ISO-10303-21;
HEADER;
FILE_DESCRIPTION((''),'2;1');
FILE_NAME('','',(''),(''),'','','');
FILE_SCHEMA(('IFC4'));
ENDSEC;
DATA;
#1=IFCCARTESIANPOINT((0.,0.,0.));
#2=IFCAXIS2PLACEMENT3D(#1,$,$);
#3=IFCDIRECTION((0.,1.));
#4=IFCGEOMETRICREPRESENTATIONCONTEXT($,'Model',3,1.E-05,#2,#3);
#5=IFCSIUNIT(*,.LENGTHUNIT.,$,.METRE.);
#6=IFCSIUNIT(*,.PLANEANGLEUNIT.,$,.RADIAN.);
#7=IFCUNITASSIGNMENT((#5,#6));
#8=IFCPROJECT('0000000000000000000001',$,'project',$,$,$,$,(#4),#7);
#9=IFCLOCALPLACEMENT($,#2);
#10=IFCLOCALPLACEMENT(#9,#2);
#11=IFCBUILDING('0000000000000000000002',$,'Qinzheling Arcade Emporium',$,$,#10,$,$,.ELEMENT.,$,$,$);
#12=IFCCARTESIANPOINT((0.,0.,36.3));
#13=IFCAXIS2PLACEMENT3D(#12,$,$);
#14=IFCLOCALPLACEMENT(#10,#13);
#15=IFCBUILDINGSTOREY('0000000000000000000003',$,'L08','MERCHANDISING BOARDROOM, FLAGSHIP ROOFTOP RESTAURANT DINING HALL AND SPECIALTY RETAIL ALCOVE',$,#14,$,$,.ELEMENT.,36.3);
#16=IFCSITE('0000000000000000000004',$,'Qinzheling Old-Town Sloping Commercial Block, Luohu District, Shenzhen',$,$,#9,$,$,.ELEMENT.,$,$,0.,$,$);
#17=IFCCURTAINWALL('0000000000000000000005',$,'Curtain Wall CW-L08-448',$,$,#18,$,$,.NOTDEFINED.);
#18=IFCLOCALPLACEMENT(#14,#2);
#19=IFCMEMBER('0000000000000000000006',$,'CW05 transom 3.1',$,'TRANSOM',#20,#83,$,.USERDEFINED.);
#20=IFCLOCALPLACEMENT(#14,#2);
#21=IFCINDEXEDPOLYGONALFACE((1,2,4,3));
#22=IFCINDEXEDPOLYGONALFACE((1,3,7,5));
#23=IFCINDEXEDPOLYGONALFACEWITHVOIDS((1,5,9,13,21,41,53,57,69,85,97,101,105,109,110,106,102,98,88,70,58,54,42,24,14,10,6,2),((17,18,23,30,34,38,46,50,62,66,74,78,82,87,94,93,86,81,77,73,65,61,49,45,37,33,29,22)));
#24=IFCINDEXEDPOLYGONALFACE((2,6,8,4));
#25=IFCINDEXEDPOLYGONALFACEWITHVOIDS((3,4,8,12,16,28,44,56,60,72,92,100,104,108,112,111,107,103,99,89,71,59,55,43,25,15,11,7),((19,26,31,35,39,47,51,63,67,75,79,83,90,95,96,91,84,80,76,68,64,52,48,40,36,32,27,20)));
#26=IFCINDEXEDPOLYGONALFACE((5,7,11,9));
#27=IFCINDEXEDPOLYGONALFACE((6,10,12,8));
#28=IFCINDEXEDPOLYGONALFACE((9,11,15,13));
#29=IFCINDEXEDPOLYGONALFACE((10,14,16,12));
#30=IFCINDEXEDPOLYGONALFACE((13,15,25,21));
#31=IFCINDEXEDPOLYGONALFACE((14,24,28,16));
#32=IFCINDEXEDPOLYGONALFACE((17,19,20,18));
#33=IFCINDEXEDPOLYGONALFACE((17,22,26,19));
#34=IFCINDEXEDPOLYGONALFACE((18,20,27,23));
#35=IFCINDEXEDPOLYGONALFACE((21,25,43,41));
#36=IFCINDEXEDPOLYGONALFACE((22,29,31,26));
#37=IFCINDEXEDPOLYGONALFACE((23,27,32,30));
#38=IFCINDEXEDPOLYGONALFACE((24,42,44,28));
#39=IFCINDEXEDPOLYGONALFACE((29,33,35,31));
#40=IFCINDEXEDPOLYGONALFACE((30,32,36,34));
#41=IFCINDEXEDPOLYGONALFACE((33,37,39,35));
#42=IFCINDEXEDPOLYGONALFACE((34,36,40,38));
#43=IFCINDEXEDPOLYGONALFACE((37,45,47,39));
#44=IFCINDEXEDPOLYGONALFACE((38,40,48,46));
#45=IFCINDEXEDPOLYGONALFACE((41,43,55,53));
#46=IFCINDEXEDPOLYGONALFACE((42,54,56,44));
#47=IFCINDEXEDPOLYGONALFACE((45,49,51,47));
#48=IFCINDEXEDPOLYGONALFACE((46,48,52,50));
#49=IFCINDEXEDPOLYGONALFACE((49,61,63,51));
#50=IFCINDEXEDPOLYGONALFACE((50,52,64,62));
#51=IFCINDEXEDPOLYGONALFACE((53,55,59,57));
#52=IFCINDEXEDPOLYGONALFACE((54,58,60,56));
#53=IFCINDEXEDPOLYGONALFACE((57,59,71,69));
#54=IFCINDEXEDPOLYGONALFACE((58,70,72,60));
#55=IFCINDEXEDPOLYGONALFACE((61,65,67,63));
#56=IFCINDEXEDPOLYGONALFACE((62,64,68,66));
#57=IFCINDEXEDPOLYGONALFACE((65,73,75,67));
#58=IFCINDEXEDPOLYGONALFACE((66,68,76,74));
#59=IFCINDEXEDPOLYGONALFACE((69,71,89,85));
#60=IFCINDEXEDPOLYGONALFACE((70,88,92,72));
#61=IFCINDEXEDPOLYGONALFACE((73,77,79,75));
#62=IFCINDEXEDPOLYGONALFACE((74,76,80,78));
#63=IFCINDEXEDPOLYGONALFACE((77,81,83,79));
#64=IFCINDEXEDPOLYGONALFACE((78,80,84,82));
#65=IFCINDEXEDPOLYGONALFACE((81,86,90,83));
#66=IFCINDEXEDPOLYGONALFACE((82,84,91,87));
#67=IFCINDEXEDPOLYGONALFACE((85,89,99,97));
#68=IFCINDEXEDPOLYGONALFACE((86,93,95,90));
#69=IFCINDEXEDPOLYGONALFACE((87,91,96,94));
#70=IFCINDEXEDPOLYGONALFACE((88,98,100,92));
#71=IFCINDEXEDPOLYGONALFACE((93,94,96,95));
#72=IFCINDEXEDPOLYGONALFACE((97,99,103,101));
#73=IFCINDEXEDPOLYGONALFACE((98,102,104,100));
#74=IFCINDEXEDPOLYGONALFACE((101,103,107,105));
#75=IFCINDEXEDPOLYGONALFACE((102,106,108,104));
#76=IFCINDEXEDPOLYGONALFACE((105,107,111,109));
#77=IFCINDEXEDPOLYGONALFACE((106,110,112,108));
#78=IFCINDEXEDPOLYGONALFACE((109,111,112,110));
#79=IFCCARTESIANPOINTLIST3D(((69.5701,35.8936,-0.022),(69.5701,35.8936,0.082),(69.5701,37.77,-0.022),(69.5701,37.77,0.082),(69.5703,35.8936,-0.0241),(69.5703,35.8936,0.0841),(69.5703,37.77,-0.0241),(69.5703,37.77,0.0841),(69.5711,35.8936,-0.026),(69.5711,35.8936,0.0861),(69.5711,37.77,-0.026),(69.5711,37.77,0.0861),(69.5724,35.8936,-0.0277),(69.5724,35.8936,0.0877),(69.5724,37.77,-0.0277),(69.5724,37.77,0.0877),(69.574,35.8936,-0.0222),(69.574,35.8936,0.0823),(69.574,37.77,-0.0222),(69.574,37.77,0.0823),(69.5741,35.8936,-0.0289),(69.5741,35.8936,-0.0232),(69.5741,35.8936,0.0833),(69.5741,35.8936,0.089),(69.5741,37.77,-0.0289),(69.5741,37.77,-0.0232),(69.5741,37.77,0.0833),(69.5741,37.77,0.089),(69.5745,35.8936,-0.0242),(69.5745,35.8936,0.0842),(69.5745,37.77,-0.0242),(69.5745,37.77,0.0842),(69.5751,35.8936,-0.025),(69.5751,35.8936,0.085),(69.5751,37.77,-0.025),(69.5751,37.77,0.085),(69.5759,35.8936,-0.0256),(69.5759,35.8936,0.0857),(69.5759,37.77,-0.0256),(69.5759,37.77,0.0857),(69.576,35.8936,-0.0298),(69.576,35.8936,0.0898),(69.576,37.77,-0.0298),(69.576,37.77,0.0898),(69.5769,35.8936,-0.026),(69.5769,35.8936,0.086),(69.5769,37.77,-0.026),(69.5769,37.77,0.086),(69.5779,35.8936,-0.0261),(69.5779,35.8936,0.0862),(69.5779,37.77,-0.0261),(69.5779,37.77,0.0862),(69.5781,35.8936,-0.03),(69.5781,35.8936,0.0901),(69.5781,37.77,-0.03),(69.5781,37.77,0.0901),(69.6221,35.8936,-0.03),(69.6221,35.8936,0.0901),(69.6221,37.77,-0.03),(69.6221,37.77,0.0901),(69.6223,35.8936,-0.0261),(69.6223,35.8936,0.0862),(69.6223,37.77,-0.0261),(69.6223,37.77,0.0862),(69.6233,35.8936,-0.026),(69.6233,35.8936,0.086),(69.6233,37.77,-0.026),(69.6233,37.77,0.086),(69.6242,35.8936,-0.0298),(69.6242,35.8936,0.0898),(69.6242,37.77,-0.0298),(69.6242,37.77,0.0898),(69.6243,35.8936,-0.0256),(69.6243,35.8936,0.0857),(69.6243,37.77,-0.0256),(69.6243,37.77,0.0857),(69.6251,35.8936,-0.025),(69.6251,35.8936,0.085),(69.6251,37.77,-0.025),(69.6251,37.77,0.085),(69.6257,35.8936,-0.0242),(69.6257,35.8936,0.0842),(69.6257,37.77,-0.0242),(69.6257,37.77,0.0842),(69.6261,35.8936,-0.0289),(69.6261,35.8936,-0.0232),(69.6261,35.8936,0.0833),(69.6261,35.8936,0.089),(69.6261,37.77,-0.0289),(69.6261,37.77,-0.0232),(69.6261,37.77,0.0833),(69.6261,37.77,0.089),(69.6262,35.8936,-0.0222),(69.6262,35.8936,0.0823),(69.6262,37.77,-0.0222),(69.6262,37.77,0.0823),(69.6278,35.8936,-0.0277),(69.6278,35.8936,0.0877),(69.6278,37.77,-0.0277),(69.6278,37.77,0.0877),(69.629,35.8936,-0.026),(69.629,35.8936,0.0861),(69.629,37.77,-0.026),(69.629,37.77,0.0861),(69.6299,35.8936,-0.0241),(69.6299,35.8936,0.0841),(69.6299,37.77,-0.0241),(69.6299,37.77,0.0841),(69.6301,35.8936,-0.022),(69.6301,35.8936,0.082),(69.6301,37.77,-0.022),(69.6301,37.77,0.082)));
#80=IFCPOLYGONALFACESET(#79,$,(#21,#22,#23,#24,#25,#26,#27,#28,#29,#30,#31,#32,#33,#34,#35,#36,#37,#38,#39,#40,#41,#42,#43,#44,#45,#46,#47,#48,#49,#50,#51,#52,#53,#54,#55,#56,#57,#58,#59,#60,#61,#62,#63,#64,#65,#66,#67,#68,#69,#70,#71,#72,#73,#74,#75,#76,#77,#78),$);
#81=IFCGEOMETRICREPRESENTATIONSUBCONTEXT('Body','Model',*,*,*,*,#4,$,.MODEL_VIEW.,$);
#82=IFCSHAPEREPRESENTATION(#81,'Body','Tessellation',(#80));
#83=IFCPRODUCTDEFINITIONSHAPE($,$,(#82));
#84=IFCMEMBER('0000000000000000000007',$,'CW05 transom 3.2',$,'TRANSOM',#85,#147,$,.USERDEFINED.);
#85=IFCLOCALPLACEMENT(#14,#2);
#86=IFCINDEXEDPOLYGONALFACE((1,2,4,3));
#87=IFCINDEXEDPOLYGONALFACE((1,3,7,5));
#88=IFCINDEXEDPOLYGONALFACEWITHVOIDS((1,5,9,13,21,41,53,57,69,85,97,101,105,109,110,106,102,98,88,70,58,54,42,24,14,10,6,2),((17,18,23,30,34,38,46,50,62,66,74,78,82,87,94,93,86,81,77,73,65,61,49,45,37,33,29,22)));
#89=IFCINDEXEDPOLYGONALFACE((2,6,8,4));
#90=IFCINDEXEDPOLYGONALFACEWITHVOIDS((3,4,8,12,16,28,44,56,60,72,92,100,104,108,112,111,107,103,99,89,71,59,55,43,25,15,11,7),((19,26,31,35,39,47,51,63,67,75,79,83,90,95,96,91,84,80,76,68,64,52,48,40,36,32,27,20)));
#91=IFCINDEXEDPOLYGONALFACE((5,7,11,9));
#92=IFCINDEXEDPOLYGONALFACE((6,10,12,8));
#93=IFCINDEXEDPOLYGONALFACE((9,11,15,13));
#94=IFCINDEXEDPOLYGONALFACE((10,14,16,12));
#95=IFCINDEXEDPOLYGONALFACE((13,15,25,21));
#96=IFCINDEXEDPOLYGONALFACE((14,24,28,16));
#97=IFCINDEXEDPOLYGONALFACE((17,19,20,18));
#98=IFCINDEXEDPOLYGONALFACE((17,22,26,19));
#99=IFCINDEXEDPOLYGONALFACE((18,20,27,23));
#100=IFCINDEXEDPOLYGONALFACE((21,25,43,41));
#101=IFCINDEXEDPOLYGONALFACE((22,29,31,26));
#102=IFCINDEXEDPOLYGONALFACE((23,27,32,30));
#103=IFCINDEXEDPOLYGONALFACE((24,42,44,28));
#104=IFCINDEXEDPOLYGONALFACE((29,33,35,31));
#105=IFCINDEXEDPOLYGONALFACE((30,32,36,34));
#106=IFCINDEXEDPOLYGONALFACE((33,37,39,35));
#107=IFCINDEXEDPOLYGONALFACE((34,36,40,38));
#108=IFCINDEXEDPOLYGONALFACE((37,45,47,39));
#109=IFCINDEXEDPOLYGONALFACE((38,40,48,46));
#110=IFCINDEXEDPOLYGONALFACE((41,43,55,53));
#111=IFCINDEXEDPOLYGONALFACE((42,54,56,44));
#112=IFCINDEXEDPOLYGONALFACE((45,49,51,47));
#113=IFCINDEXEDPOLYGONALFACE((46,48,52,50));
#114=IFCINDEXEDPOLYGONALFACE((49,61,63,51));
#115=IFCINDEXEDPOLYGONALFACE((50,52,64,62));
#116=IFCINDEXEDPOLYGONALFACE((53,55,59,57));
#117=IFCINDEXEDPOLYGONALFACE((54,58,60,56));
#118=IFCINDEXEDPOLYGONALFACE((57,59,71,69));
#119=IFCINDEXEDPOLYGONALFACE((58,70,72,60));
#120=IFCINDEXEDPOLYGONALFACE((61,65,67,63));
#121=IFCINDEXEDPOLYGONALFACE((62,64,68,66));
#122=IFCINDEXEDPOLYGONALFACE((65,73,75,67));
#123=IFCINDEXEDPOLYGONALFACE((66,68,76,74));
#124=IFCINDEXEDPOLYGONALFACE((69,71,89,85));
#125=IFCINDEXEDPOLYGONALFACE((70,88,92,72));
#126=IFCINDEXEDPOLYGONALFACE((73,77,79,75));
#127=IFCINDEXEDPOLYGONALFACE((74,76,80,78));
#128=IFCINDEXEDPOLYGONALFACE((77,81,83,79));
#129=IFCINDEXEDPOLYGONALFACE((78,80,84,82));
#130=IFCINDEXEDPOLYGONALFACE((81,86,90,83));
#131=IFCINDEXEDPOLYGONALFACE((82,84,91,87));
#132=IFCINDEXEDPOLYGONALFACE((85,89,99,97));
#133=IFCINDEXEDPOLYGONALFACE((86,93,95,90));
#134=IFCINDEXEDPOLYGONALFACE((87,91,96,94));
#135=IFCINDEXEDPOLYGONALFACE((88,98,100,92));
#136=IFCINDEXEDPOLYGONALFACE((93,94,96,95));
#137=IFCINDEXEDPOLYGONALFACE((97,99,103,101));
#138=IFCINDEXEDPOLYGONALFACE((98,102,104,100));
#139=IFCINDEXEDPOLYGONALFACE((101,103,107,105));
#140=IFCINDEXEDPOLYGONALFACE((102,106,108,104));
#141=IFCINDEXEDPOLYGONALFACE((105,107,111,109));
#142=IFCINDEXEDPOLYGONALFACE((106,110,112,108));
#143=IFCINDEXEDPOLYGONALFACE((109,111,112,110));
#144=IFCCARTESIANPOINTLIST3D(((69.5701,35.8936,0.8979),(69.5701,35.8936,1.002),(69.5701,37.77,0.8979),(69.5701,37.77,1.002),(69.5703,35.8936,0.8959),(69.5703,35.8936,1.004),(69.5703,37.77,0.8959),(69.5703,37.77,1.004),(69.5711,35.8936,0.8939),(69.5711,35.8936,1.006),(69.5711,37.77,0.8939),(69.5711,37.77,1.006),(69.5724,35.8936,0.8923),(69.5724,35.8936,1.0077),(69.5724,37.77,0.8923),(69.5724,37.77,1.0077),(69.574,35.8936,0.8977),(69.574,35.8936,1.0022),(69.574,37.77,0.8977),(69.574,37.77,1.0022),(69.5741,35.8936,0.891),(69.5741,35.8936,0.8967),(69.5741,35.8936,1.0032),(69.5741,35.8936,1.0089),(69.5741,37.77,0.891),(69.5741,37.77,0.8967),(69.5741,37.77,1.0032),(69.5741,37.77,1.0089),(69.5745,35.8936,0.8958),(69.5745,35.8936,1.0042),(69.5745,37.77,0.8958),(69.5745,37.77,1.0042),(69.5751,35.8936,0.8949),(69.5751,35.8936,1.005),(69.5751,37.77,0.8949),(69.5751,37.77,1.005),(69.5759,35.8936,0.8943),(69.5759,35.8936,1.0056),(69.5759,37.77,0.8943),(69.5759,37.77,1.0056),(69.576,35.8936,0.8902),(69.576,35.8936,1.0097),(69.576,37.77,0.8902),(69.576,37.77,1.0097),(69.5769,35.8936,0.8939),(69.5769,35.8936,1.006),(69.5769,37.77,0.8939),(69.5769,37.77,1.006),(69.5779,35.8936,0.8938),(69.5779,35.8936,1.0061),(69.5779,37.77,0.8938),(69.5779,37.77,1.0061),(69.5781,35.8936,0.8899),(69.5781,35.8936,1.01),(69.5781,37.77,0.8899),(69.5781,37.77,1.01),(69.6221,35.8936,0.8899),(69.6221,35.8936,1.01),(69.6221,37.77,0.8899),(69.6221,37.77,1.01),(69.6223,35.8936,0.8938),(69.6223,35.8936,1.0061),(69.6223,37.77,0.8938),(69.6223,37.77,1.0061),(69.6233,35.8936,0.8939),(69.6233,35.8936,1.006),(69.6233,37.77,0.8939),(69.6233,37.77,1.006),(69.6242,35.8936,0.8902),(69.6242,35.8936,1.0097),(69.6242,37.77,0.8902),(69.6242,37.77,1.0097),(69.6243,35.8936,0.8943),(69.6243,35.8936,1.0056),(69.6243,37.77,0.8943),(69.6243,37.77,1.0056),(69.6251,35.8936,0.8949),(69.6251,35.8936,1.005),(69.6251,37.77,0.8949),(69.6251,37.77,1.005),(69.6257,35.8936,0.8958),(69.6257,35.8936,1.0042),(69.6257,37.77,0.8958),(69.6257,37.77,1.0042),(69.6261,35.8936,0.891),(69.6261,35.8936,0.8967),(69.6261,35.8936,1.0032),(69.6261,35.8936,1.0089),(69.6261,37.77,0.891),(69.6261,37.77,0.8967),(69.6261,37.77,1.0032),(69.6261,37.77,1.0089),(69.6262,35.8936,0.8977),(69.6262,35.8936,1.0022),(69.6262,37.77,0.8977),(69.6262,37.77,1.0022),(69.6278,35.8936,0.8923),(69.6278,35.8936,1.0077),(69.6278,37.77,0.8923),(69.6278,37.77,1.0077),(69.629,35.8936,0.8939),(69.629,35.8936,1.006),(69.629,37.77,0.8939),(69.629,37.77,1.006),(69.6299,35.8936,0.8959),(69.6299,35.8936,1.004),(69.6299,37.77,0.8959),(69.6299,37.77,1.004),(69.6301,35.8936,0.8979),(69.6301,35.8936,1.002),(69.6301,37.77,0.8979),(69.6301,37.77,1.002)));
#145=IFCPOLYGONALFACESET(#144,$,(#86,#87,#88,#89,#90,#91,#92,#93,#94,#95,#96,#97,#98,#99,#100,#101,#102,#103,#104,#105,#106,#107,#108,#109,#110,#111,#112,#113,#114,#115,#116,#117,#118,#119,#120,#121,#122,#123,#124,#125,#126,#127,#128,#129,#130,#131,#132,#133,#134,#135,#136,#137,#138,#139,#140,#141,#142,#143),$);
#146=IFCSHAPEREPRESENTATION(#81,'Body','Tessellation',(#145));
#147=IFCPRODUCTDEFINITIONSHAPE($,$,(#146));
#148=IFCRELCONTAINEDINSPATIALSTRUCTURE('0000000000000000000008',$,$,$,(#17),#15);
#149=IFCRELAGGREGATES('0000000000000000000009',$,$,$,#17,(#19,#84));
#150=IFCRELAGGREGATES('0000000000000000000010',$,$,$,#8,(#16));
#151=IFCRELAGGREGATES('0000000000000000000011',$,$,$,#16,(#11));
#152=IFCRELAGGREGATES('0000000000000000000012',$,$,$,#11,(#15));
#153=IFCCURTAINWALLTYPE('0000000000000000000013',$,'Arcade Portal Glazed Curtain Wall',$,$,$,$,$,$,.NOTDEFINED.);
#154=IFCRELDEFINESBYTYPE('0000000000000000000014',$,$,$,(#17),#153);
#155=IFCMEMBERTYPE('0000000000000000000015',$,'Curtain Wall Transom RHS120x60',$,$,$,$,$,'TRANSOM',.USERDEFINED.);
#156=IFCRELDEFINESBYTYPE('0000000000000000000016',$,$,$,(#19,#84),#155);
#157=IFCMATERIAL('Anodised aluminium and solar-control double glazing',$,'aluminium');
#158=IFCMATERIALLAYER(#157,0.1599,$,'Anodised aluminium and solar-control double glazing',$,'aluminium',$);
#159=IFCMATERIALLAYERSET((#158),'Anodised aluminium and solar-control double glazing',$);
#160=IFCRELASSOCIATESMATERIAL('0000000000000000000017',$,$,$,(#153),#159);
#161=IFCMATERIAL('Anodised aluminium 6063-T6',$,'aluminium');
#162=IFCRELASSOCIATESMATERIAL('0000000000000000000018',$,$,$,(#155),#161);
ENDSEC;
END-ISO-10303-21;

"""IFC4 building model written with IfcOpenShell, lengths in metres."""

from ifc_helpers import new_model, si_unit, direction, frame, origin, origin_2d, place, context, subcontext, project, spatial, hollow_rectangle, extrude, material, layer, layer_set, material_profile, profile_set, type_object, element, aggregate, save


model = new_model("IFC4")

# Units and contexts
model_context = context("Model", 3, precision=1e-05, world=origin(), true_north=direction((0.0, 1.0)))
body_context = subcontext(model_context, "Body", "Model", "MODEL_VIEW")
ifc_project = project(units=[si_unit("LENGTHUNIT", "METRE"), si_unit("PLANEANGLEUNIT", "RADIAN")], contexts=[model_context])

# Site, building, storey
site_placement = place(None, origin())
site = spatial("IfcSite", under=ifc_project, at=site_placement, Name="Qinzheling Old-Town Sloping Commercial Block, Luohu District, Shenzhen", CompositionType="ELEMENT", RefElevation=0.0)
building_placement = place(site_placement, origin())
building = spatial("IfcBuilding", under=site, at=building_placement, Name="Qinzheling Arcade Emporium", CompositionType="ELEMENT")
storey_placement = place(building_placement, frame((0.0, 0.0, 36.3)))
storey = spatial("IfcBuildingStorey", under=building, at=storey_placement, Name="L08", Description="MERCHANDISING BOARDROOM, FLAGSHIP ROOFTOP RESTAURANT DINING HALL AND SPECIALTY RETAIL ALCOVE", CompositionType="ELEMENT", Elevation=36.3)

# Curtain wall
ifc_material_1 = material(Name="Anodised aluminium and solar-control double glazing", Category="aluminium")
ifc_layer_1 = layer(ifc_material_1, 0.1599, Name="Anodised aluminium and solar-control double glazing", Category="aluminium")
ifc_layer_set_1 = layer_set([ifc_layer_1], Name="Anodised aluminium and solar-control double glazing")
curtain_wall_type = type_object("IfcCurtainWallType", Name="Arcade Portal Glazed Curtain Wall", PredefinedType="NOTDEFINED", material=ifc_layer_set_1)
curtain_wall_1_placement = place(storey_placement, origin())
curtain_wall_1 = element("IfcCurtainWall", 1, at=curtain_wall_1_placement, inside=storey, type_object=curtain_wall_type, Name="Curtain Wall CW-L08-448", PredefinedType="NOTDEFINED")
ifc_material_2 = material(Name="Anodised aluminium 6063-T6", Category="aluminium")

# Members
ifc_material_profile_1 = material_profile(ifc_material_2, hollow_rectangle(XDim=0.0601, YDim=0.1201, WallThickness=0.0039, InnerFilletRadius=0.0039, OuterFilletRadius=0.0081, at=origin_2d()), Name="RHS 120x60x4", Category="aluminium")
ifc_profile_set_1 = profile_set([ifc_material_profile_1], Name="Anodised aluminium 6063-T6")
member_type_1 = type_object("IfcMemberType", Name="Curtain Wall Transom RHS120x60", ElementType="TRANSOM", PredefinedType="USERDEFINED", material=ifc_profile_set_1)
member_1_placement = place(storey_placement, frame((69.6001, 37.77, 0.03), z_axis=(0.0, -1.0, 0.0), x_axis=(1.0, 0.0, 0.0)))
member_1 = element("IfcMember", 2, at=member_1_placement, type_object=member_type_1, Name="CW05 transom 3.1", ObjectType="TRANSOM", PredefinedType="USERDEFINED", context=body_context, shape_type="SweptSolid", body=[
    extrude(hollow_rectangle(XDim=0.0601, YDim=0.1201, WallThickness=0.0039, InnerFilletRadius=0.0039, OuterFilletRadius=0.0081, at=origin_2d()), origin(), (0.0, 0.0, 1.0), 1.8765),
])
member_2_placement = place(storey_placement, frame((69.6001, 37.77, 0.95), z_axis=(0.0, -1.0, 0.0), x_axis=(1.0, 0.0, 0.0)))
member_2 = element("IfcMember", 3, at=member_2_placement, type_object=member_type_1, Name="CW05 transom 3.2", ObjectType="TRANSOM", PredefinedType="USERDEFINED", context=body_context, shape_type="SweptSolid", body=[
    extrude(hollow_rectangle(XDim=0.0601, YDim=0.1201, WallThickness=0.0039, InnerFilletRadius=0.0039, OuterFilletRadius=0.0081, at=origin_2d()), origin(), (0.0, 0.0, 1.0), 1.8765),
])

aggregate(curtain_wall_1, [member_1, member_2])

save(model, "model.ifc")
